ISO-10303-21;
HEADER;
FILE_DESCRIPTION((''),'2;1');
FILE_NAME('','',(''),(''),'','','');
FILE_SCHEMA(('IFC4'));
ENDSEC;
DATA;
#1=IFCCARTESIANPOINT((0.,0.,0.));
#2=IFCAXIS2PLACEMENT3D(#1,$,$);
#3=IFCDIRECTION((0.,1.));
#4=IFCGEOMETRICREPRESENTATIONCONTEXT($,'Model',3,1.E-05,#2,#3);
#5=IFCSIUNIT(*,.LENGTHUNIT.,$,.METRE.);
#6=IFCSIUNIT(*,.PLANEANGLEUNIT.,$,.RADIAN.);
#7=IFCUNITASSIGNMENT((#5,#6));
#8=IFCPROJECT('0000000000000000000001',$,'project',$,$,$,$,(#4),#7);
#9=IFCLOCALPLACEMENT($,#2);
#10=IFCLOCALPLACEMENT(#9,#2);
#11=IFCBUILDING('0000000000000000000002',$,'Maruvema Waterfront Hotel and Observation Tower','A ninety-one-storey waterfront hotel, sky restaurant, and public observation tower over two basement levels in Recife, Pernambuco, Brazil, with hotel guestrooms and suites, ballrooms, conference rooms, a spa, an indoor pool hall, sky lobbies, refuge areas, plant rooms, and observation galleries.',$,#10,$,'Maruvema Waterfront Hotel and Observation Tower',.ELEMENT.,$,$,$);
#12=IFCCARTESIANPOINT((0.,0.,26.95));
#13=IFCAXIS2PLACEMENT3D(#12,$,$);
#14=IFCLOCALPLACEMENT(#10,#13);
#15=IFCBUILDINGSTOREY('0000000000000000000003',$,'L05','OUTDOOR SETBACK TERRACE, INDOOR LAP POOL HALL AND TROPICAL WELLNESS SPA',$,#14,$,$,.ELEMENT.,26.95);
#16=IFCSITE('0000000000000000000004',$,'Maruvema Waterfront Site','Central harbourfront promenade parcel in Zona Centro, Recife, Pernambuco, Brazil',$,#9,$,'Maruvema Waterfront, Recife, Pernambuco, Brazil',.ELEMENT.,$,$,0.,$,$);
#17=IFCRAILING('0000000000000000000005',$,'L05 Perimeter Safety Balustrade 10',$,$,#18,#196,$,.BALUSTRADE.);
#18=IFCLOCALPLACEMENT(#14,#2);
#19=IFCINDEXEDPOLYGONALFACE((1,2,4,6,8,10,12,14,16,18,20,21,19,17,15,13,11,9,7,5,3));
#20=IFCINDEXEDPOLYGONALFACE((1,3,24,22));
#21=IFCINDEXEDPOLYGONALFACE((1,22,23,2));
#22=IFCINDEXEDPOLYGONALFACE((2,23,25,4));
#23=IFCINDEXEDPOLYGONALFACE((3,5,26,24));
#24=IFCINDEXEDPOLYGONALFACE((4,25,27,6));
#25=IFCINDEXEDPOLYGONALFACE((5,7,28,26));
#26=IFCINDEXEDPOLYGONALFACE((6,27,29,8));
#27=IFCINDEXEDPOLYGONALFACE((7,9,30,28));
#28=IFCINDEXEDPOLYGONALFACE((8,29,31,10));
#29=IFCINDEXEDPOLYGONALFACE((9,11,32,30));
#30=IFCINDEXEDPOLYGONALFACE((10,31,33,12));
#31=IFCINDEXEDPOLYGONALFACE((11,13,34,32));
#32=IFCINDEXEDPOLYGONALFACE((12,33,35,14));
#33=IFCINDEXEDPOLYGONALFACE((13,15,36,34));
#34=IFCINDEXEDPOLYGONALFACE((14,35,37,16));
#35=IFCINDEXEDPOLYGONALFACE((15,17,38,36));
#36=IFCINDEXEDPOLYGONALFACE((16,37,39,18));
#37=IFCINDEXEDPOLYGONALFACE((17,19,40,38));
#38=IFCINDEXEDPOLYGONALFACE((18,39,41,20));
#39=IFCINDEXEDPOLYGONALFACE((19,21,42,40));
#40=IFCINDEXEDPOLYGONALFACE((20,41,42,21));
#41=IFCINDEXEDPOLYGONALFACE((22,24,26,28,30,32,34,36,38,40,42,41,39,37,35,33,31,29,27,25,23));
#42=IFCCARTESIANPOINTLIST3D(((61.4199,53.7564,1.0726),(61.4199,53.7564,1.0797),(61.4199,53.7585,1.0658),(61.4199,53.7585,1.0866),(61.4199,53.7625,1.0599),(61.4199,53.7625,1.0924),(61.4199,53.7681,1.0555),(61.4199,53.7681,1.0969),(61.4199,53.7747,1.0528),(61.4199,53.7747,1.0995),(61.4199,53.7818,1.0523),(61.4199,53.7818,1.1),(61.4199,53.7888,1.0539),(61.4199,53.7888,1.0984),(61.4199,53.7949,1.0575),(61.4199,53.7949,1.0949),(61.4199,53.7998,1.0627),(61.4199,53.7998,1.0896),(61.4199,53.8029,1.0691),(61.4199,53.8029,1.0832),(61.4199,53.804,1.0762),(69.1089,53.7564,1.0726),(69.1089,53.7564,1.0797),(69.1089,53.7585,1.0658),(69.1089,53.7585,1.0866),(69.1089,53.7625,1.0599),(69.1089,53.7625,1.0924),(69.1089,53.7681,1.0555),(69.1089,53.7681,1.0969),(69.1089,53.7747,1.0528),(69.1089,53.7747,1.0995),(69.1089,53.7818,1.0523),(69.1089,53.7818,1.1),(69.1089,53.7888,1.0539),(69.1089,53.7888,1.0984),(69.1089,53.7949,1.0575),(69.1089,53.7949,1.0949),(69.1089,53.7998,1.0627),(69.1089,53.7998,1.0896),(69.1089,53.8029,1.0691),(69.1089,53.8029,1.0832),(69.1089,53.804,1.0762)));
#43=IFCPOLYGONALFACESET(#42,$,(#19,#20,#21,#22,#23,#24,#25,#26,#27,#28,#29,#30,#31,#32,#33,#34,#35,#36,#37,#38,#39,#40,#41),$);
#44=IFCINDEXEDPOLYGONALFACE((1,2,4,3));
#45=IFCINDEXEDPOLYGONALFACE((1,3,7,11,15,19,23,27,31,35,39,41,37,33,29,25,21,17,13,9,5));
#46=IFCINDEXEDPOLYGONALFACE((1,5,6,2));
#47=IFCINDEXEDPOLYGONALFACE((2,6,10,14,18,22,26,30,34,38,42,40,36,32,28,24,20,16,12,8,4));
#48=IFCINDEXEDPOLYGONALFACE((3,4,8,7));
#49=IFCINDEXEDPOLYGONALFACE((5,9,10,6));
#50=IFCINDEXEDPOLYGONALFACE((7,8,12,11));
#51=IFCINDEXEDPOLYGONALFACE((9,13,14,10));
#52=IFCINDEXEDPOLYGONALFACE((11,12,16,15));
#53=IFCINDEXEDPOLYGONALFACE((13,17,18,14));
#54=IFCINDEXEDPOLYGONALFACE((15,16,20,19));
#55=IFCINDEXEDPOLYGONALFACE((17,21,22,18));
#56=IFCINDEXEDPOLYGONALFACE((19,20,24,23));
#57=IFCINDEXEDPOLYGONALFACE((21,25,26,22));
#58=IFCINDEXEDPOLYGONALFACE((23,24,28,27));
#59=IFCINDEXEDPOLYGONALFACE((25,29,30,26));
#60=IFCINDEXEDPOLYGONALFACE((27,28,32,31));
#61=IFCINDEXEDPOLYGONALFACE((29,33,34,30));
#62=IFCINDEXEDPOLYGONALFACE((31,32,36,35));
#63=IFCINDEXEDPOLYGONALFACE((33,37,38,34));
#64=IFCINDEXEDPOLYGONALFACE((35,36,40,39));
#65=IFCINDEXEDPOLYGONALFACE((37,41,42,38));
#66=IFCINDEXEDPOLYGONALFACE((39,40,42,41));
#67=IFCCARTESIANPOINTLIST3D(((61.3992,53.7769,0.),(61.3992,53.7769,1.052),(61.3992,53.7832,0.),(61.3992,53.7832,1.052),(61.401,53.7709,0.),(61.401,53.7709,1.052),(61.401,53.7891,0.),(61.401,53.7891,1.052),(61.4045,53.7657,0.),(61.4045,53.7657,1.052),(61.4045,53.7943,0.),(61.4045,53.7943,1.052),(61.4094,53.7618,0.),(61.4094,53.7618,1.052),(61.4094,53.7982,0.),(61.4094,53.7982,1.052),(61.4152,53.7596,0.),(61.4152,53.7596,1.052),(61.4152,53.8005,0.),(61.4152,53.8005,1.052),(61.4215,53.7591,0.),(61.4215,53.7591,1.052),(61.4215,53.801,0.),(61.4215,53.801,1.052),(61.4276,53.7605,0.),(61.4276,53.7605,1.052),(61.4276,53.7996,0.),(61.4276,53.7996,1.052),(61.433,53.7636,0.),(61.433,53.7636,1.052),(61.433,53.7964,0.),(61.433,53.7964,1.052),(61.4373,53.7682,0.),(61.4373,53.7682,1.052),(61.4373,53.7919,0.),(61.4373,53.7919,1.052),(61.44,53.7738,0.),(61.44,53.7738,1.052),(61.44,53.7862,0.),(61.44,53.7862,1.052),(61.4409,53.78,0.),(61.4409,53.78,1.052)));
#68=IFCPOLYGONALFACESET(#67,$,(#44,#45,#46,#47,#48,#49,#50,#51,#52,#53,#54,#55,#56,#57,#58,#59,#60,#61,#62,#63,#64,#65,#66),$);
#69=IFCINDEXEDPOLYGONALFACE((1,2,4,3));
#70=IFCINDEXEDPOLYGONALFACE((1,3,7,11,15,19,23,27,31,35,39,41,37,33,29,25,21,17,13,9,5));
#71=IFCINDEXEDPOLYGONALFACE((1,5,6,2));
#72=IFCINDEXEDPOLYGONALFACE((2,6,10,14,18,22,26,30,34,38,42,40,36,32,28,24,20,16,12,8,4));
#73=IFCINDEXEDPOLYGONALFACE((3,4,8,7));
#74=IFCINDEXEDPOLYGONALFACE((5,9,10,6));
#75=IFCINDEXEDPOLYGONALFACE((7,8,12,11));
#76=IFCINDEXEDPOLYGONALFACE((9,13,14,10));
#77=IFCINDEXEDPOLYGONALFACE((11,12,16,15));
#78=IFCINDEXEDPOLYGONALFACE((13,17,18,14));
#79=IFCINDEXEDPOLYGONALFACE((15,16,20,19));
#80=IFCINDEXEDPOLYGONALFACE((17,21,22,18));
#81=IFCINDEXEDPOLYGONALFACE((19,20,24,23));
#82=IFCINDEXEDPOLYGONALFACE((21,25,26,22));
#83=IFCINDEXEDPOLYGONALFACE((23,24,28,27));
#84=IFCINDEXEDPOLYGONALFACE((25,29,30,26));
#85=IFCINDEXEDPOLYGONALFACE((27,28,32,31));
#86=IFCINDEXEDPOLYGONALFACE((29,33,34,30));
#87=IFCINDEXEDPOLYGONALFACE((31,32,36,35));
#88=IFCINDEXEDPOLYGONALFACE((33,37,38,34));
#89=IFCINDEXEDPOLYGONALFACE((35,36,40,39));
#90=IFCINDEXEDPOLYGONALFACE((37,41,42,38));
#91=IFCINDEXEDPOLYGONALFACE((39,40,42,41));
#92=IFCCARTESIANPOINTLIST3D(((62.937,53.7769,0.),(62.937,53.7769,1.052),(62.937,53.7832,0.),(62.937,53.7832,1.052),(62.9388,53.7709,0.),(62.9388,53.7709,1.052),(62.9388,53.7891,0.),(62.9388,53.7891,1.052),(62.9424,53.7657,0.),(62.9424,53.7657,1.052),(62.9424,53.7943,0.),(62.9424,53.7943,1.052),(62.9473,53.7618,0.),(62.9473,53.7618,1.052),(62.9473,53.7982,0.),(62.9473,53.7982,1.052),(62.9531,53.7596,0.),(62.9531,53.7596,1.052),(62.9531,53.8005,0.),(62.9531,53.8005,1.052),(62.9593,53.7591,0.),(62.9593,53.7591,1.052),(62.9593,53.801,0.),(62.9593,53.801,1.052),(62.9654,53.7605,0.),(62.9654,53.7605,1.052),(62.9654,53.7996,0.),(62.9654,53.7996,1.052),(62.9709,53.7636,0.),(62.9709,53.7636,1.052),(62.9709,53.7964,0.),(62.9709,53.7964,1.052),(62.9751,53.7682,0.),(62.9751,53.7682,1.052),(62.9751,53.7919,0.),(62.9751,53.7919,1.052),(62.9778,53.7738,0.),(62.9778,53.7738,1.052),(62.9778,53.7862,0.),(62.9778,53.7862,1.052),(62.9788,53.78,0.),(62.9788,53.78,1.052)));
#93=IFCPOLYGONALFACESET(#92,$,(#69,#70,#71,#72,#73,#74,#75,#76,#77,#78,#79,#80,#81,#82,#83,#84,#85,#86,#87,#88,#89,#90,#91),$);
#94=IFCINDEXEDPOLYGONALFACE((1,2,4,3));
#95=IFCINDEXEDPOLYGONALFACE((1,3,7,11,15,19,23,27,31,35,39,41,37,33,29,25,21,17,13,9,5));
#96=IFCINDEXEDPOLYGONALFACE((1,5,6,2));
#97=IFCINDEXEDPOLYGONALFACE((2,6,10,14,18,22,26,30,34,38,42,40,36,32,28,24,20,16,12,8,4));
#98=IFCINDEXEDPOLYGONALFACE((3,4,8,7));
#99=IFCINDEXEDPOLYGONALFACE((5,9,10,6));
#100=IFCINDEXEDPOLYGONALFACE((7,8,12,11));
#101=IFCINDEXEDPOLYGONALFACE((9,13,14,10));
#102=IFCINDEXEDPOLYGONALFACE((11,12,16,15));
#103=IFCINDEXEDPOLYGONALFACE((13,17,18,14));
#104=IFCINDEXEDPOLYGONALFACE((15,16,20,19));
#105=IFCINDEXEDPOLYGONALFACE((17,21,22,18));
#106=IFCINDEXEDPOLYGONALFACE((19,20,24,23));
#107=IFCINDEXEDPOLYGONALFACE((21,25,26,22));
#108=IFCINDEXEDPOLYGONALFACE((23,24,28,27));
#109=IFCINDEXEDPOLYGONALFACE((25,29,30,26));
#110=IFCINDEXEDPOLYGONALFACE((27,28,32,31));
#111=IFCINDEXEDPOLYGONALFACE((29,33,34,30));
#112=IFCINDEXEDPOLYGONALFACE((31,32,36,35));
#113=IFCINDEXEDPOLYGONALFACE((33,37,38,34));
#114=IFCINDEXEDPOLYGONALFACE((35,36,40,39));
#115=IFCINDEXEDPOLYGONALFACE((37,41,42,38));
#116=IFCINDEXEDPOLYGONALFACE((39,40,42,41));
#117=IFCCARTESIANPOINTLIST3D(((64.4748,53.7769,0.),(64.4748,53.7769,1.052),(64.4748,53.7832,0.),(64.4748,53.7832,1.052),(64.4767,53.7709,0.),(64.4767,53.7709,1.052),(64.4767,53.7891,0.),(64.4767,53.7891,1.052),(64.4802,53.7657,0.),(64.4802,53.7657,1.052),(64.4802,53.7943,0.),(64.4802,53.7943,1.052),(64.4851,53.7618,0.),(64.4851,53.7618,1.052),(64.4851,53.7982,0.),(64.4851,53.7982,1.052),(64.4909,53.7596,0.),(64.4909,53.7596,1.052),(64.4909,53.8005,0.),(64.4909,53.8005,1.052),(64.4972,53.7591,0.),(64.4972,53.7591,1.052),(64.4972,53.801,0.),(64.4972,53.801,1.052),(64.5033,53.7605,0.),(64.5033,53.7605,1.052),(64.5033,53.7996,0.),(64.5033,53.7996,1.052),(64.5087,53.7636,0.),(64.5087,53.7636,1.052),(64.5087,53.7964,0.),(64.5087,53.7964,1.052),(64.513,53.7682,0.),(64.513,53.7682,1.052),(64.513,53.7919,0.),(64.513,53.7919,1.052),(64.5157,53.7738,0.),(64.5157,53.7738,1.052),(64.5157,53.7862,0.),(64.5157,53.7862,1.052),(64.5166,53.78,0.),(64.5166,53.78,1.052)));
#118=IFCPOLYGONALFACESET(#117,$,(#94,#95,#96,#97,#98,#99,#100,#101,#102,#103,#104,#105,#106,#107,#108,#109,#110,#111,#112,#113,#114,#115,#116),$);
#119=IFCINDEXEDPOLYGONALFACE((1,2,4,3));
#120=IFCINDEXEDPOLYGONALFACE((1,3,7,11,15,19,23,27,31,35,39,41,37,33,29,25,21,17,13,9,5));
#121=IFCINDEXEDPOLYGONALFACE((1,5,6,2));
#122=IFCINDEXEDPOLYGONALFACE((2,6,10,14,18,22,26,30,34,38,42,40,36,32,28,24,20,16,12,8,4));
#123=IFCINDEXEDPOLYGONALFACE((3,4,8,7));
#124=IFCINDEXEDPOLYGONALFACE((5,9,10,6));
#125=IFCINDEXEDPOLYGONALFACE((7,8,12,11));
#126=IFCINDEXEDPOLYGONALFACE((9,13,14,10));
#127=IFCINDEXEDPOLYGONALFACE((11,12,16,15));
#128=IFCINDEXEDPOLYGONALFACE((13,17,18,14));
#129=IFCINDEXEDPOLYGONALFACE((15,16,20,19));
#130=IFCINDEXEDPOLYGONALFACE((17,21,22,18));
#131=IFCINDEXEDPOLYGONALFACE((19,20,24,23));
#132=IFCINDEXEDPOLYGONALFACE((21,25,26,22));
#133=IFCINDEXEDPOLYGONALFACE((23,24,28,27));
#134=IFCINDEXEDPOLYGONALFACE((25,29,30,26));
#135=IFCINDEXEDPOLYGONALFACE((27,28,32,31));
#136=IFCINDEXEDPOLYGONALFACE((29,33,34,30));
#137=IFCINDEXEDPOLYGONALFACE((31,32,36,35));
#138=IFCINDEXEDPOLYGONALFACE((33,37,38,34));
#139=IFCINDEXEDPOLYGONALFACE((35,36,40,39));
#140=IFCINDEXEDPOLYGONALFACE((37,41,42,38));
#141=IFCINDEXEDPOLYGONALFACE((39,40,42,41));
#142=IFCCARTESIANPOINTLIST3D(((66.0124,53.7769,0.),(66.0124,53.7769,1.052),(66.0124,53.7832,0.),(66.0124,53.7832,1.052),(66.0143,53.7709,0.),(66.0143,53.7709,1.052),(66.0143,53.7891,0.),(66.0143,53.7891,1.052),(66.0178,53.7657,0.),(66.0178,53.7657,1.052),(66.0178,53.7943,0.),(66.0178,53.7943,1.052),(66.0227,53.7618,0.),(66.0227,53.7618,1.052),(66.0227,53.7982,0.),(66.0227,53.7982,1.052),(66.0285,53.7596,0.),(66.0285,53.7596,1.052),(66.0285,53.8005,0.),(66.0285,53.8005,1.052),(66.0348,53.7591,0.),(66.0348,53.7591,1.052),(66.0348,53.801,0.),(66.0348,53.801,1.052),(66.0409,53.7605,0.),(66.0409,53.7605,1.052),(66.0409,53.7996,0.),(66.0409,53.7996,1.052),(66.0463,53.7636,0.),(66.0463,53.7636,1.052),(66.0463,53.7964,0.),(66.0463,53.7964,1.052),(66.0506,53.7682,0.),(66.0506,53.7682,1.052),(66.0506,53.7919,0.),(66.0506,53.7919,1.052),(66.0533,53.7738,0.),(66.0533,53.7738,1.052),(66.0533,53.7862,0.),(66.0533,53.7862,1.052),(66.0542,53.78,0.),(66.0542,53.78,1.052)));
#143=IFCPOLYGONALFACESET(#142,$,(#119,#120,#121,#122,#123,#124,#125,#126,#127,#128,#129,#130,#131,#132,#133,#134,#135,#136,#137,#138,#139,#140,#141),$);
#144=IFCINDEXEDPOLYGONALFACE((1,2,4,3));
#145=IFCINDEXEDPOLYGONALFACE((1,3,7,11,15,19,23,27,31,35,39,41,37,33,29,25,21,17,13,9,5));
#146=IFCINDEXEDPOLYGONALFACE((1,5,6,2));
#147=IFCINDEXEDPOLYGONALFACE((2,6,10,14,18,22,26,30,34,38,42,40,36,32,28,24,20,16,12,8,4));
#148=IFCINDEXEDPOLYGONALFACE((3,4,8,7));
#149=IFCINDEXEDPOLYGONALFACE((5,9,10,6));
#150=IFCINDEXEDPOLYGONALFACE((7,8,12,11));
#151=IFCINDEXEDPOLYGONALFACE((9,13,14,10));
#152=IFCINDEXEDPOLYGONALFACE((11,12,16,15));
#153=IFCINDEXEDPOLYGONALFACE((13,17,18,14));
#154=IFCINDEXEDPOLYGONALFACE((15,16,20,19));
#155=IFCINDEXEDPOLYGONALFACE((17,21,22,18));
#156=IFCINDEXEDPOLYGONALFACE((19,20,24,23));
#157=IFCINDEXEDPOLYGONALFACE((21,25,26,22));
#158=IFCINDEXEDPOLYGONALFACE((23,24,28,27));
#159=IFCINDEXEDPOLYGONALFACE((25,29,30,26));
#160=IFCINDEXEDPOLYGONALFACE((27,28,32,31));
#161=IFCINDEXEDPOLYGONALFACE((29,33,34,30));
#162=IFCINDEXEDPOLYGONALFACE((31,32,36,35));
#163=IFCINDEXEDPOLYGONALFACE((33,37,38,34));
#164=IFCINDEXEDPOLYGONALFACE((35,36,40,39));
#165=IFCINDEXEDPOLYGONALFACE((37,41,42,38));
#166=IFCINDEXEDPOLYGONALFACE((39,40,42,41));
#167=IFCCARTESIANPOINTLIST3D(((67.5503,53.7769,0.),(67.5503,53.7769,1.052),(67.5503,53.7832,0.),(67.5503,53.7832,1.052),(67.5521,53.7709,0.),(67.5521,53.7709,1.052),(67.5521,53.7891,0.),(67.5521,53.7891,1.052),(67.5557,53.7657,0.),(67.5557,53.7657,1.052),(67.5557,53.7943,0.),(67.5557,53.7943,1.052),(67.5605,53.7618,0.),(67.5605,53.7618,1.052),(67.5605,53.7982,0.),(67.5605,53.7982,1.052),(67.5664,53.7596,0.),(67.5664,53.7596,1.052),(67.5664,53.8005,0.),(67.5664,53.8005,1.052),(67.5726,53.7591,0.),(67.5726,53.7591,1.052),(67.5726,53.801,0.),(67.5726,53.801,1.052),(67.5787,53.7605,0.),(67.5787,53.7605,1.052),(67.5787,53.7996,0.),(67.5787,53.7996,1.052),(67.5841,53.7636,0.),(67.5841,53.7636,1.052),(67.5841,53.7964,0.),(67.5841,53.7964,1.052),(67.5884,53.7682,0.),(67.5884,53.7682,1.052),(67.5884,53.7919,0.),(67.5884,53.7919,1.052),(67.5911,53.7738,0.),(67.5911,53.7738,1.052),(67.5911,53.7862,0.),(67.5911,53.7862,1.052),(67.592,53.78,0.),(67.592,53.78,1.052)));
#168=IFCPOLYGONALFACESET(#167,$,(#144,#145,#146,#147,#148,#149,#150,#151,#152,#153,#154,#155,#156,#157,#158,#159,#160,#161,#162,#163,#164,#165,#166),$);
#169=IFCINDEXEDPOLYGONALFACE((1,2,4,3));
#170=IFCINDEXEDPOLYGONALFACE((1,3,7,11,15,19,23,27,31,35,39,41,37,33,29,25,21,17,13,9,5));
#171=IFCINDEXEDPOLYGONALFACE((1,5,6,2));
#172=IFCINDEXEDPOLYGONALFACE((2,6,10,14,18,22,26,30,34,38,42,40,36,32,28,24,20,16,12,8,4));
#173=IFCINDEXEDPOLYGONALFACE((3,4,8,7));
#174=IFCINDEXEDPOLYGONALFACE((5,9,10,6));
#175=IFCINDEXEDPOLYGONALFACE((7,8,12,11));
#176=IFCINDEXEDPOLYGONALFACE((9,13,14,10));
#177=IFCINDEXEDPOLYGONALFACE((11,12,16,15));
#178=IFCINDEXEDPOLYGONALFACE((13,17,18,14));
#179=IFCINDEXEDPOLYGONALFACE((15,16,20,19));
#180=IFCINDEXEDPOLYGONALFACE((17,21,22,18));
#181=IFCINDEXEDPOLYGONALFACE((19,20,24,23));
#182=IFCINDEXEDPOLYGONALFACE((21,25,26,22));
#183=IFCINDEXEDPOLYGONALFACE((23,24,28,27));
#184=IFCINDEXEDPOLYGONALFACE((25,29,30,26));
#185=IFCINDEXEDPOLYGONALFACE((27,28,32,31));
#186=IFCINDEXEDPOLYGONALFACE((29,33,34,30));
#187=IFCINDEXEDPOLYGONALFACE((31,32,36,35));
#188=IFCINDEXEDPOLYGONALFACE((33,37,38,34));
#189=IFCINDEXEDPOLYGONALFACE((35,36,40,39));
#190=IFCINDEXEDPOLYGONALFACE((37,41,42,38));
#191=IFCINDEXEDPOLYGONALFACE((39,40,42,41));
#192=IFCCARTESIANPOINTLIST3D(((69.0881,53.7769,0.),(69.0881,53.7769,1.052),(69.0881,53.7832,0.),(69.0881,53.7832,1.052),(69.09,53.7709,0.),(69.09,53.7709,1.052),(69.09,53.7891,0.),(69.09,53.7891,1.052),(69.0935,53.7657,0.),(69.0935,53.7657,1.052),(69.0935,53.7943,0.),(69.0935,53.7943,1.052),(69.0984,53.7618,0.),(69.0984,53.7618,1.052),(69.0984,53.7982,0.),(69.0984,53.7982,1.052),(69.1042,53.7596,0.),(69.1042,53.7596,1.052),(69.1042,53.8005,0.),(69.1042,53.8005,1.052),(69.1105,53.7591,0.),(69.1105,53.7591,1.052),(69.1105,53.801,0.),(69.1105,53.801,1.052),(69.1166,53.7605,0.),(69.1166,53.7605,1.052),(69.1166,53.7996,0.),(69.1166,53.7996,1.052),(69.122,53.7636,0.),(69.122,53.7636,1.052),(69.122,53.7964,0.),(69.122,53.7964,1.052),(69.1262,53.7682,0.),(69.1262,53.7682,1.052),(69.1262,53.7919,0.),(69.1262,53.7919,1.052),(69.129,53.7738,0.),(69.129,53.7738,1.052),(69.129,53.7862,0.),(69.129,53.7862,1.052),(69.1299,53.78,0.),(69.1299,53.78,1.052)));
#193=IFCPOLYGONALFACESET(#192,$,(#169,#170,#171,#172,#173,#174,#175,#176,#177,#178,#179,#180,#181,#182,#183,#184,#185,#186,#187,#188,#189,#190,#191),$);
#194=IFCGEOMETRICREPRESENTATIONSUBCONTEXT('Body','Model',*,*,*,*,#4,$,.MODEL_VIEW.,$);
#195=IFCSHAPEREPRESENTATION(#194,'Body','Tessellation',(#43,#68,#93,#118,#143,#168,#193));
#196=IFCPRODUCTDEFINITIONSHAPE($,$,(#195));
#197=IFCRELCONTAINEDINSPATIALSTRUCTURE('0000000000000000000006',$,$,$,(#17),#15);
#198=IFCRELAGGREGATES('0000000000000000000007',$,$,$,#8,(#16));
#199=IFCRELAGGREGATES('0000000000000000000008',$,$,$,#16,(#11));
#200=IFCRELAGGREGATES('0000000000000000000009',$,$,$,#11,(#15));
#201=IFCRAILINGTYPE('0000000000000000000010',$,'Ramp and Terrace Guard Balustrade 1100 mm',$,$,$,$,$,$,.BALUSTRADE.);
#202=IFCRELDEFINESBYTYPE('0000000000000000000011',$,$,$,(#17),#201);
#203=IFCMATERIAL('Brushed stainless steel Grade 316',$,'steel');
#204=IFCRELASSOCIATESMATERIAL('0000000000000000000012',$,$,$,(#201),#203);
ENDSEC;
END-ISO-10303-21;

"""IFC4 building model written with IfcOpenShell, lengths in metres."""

from ifc_helpers import new_model, si_unit, direction, frame, origin, origin_2d, place, context, subcontext, project, spatial, circle, extrude, material, type_object, element, save


model = new_model("IFC4")

# Units and contexts
model_context = context("Model", 3, precision=1e-05, world=origin(), true_north=direction((0.0, 1.0)))
body_context = subcontext(model_context, "Body", "Model", "MODEL_VIEW")
ifc_project = project(units=[si_unit("LENGTHUNIT", "METRE"), si_unit("PLANEANGLEUNIT", "RADIAN")], contexts=[model_context])

# Site, building, storey
site_placement = place(None, origin())
site = spatial("IfcSite", under=ifc_project, at=site_placement, Name="Maruvema Waterfront Site", Description="Central harbourfront promenade parcel in Zona Centro, Recife, Pernambuco, Brazil", LongName="Maruvema Waterfront, Recife, Pernambuco, Brazil", CompositionType="ELEMENT", RefElevation=0.0)
building_placement = place(site_placement, origin())
building = spatial("IfcBuilding", under=site, at=building_placement, Name="Maruvema Waterfront Hotel and Observation Tower", Description="A ninety-one-storey waterfront hotel, sky restaurant, and public observation tower over two basement levels in Recife, Pernambuco, Brazil, with hotel guestrooms and suites, ballrooms, conference rooms, a spa, an indoor pool hall, sky lobbies, refuge areas, plant rooms, and observation galleries.", LongName="Maruvema Waterfront Hotel and Observation Tower", CompositionType="ELEMENT")
storey_placement = place(building_placement, frame((0.0, 0.0, 26.95)))
storey = spatial("IfcBuildingStorey", under=building, at=storey_placement, Name="L05", Description="OUTDOOR SETBACK TERRACE, INDOOR LAP POOL HALL AND TROPICAL WELLNESS SPA", CompositionType="ELEMENT", Elevation=26.95)

# Railing
ifc_material_1 = material(Name="Brushed stainless steel Grade 316", Category="steel")
railing_type = type_object("IfcRailingType", Name="Ramp and Terrace Guard Balustrade 1100 mm", PredefinedType="BALUSTRADE", material=ifc_material_1)
railing_1_placement = place(storey_placement, frame((61.4199, 53.78, 0.0)))
element("IfcRailing", 1, at=railing_1_placement, inside=storey, type_object=railing_type, Name="L05 Perimeter Safety Balustrade 10", PredefinedType="BALUSTRADE", context=body_context, shape_type="SweptSolid", body=[
    extrude(circle(Radius=0.0239, at=origin_2d()), frame((0.0, 0.0, 1.0762), z_axis=(1.0, 0.0, 0.0), x_axis=(0.0, 1.0, 0.0)), (0.0, 0.0, 1.0), 7.689),
    extrude(circle(Radius=0.021, at=origin_2d()), origin(), (0.0, 0.0, 1.0), 1.052),
    extrude(circle(Radius=0.021, at=origin_2d()), frame((1.5378, 0.0, 0.0)), (0.0, 0.0, 1.0), 1.052),
    extrude(circle(Radius=0.021, at=origin_2d()), frame((3.0757, 0.0, 0.0)), (0.0, 0.0, 1.0), 1.052),
    extrude(circle(Radius=0.021, at=origin_2d()), frame((4.6133, 0.0, 0.0)), (0.0, 0.0, 1.0), 1.052),
    extrude(circle(Radius=0.021, at=origin_2d()), frame((6.1511, 0.0, 0.0)), (0.0, 0.0, 1.0), 1.052),
    extrude(circle(Radius=0.021, at=origin_2d()), frame((7.689, 0.0, 0.0)), (0.0, 0.0, 1.0), 1.052),
])

save(model, "model.ifc")
